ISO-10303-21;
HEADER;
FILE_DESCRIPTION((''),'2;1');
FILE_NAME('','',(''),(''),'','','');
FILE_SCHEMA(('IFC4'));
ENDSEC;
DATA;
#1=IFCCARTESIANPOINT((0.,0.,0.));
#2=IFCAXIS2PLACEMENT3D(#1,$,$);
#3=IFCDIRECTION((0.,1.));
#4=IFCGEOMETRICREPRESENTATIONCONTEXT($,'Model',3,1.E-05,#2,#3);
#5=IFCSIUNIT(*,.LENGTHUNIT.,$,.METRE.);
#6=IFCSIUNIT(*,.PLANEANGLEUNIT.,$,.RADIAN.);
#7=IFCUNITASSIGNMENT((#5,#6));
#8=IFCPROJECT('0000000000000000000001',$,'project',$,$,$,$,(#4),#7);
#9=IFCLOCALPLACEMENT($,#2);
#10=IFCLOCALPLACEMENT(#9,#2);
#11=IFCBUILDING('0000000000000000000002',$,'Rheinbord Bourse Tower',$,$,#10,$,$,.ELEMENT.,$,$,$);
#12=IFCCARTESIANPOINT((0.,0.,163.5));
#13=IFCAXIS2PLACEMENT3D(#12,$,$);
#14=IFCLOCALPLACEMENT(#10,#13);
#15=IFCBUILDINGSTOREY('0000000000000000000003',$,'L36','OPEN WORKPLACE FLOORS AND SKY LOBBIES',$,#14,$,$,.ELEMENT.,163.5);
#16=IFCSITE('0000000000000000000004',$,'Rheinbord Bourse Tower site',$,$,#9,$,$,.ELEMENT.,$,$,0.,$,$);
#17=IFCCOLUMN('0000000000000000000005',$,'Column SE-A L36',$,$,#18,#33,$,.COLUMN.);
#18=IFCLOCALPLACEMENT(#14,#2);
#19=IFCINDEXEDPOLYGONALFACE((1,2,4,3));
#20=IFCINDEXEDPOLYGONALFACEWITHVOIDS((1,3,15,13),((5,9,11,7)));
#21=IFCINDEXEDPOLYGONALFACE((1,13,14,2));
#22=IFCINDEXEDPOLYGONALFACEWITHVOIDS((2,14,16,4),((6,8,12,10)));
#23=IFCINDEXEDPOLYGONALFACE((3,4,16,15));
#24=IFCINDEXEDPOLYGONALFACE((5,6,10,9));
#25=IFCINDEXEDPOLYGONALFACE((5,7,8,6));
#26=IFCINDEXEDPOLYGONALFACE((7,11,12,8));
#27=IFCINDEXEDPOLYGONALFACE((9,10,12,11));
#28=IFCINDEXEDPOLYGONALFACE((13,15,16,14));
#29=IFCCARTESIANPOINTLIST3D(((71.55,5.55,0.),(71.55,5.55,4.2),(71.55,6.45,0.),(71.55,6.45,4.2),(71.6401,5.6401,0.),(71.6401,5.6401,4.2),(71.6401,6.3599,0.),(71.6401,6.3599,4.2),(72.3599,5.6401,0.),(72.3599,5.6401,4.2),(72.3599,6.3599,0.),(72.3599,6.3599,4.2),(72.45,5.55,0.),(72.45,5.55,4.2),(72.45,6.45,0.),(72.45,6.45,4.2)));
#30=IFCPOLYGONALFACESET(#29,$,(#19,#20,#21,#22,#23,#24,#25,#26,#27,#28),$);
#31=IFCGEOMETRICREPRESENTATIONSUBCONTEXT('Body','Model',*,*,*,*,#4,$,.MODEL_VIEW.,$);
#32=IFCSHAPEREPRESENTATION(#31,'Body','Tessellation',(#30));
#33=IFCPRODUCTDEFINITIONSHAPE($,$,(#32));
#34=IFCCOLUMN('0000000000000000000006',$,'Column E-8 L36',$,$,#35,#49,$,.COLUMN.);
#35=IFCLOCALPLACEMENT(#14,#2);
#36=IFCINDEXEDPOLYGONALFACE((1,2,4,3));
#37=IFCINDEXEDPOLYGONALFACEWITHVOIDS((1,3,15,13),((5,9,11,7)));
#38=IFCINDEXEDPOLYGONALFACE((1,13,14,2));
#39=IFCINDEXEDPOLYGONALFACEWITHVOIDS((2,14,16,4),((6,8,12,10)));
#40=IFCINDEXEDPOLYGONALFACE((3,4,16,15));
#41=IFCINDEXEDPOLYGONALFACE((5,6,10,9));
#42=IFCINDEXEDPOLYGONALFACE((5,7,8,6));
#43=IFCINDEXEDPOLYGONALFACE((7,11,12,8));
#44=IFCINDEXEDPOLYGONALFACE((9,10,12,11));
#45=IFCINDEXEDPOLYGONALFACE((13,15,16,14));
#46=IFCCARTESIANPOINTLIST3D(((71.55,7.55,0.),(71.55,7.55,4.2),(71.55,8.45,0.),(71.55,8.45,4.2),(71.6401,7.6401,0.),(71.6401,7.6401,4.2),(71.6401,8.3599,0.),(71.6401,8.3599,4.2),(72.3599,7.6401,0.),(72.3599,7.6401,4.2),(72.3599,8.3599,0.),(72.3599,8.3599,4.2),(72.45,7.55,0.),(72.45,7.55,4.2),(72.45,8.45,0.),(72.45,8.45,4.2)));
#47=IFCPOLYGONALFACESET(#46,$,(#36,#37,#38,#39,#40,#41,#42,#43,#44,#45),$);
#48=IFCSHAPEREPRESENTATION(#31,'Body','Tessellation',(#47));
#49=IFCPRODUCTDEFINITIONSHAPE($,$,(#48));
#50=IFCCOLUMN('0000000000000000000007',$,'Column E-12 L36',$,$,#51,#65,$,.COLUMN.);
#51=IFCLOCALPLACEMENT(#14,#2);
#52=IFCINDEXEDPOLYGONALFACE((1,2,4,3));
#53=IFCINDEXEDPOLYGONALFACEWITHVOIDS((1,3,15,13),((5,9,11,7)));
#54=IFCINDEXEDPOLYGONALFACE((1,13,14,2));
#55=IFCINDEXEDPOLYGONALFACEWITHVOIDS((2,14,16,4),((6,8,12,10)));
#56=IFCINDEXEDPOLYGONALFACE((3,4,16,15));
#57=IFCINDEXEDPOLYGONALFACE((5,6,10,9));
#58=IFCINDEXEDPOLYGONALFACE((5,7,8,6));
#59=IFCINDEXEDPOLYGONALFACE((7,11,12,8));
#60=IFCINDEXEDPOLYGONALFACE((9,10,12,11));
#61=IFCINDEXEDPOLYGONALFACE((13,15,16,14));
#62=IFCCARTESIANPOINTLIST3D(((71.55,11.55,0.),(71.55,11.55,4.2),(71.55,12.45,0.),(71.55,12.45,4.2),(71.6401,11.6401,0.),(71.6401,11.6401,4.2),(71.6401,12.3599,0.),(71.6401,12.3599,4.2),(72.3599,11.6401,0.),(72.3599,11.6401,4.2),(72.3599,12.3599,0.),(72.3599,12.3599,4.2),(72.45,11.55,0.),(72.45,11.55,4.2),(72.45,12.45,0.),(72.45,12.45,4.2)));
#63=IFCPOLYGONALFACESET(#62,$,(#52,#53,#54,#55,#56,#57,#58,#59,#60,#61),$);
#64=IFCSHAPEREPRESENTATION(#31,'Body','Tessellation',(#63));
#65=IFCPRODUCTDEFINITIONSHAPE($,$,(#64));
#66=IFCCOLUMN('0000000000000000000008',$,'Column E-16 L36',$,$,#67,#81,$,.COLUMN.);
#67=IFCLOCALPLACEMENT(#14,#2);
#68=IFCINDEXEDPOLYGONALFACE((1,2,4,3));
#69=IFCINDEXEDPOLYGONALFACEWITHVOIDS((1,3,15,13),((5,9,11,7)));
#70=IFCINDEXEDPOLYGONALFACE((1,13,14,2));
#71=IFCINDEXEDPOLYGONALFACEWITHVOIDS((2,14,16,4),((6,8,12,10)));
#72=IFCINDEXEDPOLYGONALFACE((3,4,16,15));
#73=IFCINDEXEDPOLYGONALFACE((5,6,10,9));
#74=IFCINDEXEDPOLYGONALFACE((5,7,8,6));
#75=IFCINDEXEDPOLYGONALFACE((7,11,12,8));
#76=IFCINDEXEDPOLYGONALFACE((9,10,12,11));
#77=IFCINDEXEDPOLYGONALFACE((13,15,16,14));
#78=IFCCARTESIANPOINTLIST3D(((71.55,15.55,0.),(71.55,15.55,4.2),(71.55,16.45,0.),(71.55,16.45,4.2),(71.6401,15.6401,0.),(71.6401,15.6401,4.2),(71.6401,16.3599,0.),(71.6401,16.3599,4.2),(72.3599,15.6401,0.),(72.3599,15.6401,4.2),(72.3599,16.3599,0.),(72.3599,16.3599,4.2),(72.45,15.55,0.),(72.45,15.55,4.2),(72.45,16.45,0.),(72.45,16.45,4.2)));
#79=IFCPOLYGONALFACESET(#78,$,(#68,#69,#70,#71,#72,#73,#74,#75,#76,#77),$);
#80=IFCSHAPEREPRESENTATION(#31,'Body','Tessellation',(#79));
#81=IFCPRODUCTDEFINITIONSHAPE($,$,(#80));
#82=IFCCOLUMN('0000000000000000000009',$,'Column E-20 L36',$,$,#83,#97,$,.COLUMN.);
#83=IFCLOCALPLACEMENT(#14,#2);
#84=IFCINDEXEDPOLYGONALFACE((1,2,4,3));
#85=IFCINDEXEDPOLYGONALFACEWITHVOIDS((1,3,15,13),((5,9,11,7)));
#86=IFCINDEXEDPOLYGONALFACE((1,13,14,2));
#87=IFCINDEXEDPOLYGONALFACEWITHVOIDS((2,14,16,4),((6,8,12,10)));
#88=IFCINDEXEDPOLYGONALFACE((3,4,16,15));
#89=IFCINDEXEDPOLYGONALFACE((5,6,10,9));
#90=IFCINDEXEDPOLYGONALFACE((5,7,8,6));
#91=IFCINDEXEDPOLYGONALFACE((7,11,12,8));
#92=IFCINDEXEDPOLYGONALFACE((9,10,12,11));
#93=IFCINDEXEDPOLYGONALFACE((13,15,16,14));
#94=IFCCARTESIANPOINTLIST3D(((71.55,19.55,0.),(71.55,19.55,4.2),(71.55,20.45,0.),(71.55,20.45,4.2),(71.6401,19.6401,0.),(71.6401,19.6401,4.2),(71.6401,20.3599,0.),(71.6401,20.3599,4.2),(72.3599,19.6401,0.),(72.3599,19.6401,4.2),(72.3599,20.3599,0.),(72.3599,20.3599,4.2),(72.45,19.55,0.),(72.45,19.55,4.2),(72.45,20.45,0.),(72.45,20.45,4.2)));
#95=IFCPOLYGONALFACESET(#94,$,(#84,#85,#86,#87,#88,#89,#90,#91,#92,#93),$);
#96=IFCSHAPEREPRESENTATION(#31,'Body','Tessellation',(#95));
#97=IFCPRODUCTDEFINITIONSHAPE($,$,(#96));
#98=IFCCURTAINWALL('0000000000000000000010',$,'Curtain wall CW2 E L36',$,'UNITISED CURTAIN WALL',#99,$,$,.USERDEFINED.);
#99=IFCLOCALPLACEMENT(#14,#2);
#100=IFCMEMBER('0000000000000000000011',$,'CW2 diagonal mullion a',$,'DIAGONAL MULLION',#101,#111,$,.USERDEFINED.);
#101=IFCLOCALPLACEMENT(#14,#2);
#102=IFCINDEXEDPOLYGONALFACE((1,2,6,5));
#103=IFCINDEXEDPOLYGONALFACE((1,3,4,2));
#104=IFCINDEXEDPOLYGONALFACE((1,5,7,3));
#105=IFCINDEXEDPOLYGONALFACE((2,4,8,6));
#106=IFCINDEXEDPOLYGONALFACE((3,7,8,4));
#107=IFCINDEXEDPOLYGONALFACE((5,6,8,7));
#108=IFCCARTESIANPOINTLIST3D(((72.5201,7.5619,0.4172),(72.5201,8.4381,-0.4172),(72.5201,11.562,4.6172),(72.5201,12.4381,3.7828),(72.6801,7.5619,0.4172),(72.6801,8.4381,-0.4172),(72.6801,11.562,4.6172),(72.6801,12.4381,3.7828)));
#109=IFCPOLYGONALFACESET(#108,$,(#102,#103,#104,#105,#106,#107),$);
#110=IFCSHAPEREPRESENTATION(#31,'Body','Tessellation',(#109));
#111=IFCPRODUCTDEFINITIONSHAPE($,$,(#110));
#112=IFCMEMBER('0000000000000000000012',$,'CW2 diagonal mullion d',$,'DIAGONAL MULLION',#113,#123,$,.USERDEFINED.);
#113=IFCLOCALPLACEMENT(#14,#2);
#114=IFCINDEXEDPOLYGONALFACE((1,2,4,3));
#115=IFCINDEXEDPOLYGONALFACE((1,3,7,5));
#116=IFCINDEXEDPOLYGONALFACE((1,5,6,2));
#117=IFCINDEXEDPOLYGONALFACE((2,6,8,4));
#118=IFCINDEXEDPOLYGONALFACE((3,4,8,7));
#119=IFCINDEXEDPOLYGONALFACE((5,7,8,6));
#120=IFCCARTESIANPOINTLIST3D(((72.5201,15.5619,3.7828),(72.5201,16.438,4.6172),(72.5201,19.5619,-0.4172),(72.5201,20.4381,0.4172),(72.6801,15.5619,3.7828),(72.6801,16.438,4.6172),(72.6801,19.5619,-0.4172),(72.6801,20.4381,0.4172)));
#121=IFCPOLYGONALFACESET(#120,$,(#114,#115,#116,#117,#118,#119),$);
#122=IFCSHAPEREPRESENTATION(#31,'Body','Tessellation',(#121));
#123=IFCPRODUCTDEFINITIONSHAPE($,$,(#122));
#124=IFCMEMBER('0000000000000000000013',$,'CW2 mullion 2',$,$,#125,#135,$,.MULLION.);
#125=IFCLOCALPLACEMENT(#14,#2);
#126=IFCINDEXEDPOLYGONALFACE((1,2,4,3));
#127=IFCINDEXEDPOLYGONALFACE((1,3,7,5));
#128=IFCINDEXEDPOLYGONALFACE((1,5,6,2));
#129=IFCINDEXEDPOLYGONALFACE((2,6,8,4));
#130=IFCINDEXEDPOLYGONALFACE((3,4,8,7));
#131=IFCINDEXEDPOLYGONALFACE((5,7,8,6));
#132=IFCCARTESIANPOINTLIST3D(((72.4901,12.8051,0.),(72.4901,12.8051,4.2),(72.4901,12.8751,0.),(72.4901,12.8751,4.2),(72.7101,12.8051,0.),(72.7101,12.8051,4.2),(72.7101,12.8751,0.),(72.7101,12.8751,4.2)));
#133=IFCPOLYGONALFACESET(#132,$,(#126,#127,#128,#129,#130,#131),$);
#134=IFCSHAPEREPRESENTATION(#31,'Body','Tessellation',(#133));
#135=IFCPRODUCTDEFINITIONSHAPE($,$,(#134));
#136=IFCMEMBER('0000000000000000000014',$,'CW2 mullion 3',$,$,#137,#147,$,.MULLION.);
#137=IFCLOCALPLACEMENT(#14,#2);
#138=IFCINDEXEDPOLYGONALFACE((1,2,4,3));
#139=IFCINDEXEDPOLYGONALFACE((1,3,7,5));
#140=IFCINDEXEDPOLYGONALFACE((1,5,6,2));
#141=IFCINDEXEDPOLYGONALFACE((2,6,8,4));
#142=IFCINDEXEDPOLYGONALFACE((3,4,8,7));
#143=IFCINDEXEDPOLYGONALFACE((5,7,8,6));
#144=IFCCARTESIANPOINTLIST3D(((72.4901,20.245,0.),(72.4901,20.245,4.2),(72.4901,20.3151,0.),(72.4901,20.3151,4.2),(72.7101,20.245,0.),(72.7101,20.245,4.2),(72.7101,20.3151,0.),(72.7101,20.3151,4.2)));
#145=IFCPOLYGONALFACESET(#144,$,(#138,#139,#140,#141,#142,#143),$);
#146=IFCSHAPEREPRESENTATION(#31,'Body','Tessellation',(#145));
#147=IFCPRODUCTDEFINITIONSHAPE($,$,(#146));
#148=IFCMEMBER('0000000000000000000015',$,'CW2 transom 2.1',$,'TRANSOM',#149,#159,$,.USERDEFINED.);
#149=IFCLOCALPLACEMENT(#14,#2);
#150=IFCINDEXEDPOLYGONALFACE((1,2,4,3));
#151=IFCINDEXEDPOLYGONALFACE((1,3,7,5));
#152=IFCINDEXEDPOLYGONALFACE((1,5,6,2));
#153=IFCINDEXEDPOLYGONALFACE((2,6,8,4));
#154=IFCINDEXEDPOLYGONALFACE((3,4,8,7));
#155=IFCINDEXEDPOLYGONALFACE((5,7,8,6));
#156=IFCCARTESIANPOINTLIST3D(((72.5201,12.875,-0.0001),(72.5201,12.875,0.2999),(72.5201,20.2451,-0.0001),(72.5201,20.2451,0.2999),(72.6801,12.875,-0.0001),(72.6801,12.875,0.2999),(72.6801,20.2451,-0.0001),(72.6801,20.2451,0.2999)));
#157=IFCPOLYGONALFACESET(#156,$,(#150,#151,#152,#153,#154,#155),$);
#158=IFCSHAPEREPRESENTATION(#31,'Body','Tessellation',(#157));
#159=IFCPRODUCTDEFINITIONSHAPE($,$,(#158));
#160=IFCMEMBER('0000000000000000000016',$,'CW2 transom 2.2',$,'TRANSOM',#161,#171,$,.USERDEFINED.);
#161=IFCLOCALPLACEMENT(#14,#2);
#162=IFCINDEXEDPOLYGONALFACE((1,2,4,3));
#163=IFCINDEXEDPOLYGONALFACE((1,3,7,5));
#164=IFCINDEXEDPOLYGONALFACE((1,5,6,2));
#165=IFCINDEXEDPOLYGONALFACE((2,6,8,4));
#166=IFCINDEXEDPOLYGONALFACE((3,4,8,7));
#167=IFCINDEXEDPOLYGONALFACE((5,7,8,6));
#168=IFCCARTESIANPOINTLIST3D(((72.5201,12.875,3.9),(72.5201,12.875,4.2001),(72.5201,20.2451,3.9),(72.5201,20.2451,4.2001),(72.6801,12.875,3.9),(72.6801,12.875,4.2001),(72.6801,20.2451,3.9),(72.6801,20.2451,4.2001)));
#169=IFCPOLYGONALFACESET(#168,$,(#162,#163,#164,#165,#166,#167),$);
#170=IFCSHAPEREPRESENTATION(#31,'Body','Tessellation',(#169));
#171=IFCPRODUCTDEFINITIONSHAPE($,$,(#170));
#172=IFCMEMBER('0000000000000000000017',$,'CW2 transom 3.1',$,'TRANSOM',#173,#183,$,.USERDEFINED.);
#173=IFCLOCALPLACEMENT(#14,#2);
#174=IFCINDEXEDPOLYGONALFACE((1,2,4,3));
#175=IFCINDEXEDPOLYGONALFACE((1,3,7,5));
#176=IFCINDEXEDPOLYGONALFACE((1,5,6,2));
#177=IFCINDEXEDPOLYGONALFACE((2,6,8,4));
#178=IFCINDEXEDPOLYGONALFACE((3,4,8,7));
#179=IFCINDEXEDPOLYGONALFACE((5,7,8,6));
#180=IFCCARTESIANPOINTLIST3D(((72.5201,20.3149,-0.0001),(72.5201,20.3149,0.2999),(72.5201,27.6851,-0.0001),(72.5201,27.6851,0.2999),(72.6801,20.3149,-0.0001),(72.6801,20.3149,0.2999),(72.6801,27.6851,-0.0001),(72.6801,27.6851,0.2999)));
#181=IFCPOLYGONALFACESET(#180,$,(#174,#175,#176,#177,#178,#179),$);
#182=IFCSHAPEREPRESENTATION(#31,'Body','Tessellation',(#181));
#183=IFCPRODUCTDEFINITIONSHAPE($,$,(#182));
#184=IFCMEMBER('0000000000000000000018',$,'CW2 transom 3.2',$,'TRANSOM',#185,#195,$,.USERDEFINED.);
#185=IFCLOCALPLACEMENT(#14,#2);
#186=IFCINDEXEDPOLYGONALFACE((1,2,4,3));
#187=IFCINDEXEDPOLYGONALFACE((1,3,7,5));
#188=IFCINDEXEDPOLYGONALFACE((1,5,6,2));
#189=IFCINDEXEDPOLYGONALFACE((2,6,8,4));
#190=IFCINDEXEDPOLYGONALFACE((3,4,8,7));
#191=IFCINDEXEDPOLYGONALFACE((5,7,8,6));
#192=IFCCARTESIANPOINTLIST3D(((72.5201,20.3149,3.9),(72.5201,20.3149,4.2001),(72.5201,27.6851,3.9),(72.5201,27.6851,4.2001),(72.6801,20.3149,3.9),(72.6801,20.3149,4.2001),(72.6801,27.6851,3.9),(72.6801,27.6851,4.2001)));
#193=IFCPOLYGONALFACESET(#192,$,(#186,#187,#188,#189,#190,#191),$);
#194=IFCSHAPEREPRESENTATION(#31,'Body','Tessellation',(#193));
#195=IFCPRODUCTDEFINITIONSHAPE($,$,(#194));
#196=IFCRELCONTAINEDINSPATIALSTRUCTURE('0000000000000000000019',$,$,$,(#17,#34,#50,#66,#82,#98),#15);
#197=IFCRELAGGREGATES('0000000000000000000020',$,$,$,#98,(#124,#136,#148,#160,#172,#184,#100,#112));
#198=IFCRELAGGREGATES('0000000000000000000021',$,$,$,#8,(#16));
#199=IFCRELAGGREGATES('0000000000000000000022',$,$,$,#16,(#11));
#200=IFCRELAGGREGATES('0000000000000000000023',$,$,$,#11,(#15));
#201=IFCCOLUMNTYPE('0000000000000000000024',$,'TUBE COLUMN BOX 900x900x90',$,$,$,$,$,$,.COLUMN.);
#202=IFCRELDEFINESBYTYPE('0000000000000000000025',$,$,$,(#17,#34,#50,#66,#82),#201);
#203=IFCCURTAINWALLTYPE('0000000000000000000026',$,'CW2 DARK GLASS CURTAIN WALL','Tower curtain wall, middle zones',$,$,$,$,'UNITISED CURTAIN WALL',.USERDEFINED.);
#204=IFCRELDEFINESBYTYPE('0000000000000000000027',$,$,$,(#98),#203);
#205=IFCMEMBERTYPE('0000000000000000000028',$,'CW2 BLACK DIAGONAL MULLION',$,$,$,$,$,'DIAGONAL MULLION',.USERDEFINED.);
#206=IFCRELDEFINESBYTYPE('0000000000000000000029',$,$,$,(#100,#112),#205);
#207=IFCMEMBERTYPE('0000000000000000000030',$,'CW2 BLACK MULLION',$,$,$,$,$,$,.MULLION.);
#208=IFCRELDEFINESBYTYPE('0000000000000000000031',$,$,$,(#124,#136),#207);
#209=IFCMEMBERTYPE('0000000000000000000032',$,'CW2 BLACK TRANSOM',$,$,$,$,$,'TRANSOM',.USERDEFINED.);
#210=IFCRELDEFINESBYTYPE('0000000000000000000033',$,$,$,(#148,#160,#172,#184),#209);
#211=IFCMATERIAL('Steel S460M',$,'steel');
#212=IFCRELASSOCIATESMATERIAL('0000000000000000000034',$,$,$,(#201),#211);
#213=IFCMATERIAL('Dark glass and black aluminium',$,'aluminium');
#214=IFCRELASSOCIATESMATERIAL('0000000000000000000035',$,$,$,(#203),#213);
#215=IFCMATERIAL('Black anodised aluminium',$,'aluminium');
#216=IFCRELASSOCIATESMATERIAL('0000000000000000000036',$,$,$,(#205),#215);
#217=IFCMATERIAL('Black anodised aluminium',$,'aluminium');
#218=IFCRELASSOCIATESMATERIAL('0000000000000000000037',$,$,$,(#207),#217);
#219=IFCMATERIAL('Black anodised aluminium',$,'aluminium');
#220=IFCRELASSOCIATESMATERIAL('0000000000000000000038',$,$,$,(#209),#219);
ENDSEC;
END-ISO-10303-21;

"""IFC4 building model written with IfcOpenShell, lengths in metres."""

from ifc_helpers import new_model, si_unit, direction, frame, origin, origin_2d, place, context, subcontext, project, spatial, rectangle, hollow_rectangle, extrude, material, material_profile, profile_set, type_object, element, aggregate, save


model = new_model("IFC4")

# Units and contexts
model_context = context("Model", 3, precision=1e-05, world=origin(), true_north=direction((0.0, 1.0)))
body_context = subcontext(model_context, "Body", "Model", "MODEL_VIEW")
ifc_project = project(units=[si_unit("LENGTHUNIT", "METRE"), si_unit("PLANEANGLEUNIT", "RADIAN")], contexts=[model_context])

# Site, building, storey
site_placement = place(None, origin())
site = spatial("IfcSite", under=ifc_project, at=site_placement, Name="Rheinbord Bourse Tower site", CompositionType="ELEMENT", RefElevation=0.0)
building_placement = place(site_placement, origin())
building = spatial("IfcBuilding", under=site, at=building_placement, Name="Rheinbord Bourse Tower", CompositionType="ELEMENT")
storey_placement = place(building_placement, frame((0.0, 0.0, 163.5)))
storey = spatial("IfcBuildingStorey", under=building, at=storey_placement, Name="L36", Description="OPEN WORKPLACE FLOORS AND SKY LOBBIES", CompositionType="ELEMENT", Elevation=163.5)

# Columns
ifc_material_1 = material(Name="Steel S460M", Category="steel")
ifc_material_profile_1 = material_profile(ifc_material_1, hollow_rectangle(XDim=0.8999, YDim=0.8999, WallThickness=0.0901, at=origin_2d()), Name="BOX 900x900x90")
ifc_profile_set_1 = profile_set([ifc_material_profile_1], Name="Steel S460M")
column_type = type_object("IfcColumnType", Name="TUBE COLUMN BOX 900x900x90", PredefinedType="COLUMN", material=ifc_profile_set_1)
for number, where, z_axis, x_axis, name in (
    (1, (72.0, 6.0, 0.0), (0.0, 0.0, 1.0), (1.0, 0.0, 0.0), "Column SE-A L36"),
    (2, (72.0, 8.0, 0.0), (0.0, 0.0, 1.0), (1.0, 0.0, 0.0), "Column E-8 L36"),
    (3, (72.0, 12.0, 0.0), (0.0, 0.0, 1.0), (1.0, 0.0, 0.0), "Column E-12 L36"),
    (4, (72.0, 16.0, 0.0), (0.0, 0.0, 1.0), (1.0, 0.0, 0.0), "Column E-16 L36"),
    (5, (72.0, 20.0, 0.0), (0.0, 0.0, 1.0), (1.0, 0.0, 0.0), "Column E-20 L36"),
):
    element("IfcColumn", number, at=place(storey_placement, frame(where, z_axis=z_axis, x_axis=x_axis)), inside=storey, type_object=column_type, Name=name, PredefinedType="COLUMN", context=body_context, shape_type="SweptSolid", body=[
        extrude(hollow_rectangle(XDim=0.8999, YDim=0.8999, WallThickness=0.0901, at=origin_2d()), origin(), (0.0, 0.0, 1.0), 4.2),
    ])

# Curtain wall, members
ifc_material_2 = material(Name="Dark glass and black aluminium", Category="aluminium")
curtain_wall_type = type_object("IfcCurtainWallType", Name="CW2 DARK GLASS CURTAIN WALL", Description="Tower curtain wall, middle zones", ElementType="UNITISED CURTAIN WALL", PredefinedType="USERDEFINED", material=ifc_material_2)
curtain_wall_placement = place(storey_placement, origin())
curtain_wall = element("IfcCurtainWall", 6, at=curtain_wall_placement, inside=storey, type_object=curtain_wall_type, Name="Curtain wall CW2 E L36", ObjectType="UNITISED CURTAIN WALL", PredefinedType="USERDEFINED")
ifc_material_3 = material(Name="Black anodised aluminium", Category="aluminium")
ifc_material_profile_2 = material_profile(ifc_material_3, rectangle(XDim=0.1599, YDim=1.21, at=origin_2d()), Name="CW2 DIAGONAL MULLION 1210x160")
ifc_profile_set_2 = profile_set([ifc_material_profile_2], Name="Black anodised aluminium")
member_type_1 = type_object("IfcMemberType", Name="CW2 BLACK DIAGONAL MULLION", ElementType="DIAGONAL MULLION", PredefinedType="USERDEFINED", material=ifc_profile_set_2)
member_1_placement = place(storey_placement, frame((72.6001, 8.0, 0.0), z_axis=(0.0, 0.689659, 0.724134), x_axis=(-1.0, 0.0, 0.0)))
member_1 = element("IfcMember", 7, at=member_1_placement, type_object=member_type_1, Name="CW2 diagonal mullion a", ObjectType="DIAGONAL MULLION", PredefinedType="USERDEFINED", context=body_context, shape_type="SweptSolid", body=[
    extrude(rectangle(XDim=0.1599, YDim=1.21, at=origin_2d()), origin(), (0.0, 0.0, 1.0), 5.8),
])
member_2_placement = place(storey_placement, frame((72.6001, 20.0, 0.0), z_axis=(0.0, -0.689659, 0.724134), x_axis=(1.0, 0.0, 0.0)))
member_2 = element("IfcMember", 8, at=member_2_placement, type_object=member_type_1, Name="CW2 diagonal mullion d", ObjectType="DIAGONAL MULLION", PredefinedType="USERDEFINED", context=body_context, shape_type="SweptSolid", body=[
    extrude(rectangle(XDim=0.1599, YDim=1.21, at=origin_2d()), origin(), (0.0, 0.0, 1.0), 5.8),
])
ifc_material_4 = material(Name="Black anodised aluminium", Category="aluminium")
ifc_material_profile_3 = material_profile(ifc_material_4, rectangle(XDim=0.22, YDim=0.0701, at=origin_2d()), Name="CW2 MULLION 70x220")
ifc_profile_set_3 = profile_set([ifc_material_profile_3], Name="Black anodised aluminium")
member_type_2 = type_object("IfcMemberType", Name="CW2 BLACK MULLION", PredefinedType="MULLION", material=ifc_profile_set_3)
member_3_placement = place(storey_placement, frame((72.6001, 12.8401, 0.0), z_axis=(0.0, 0.0, 1.0), x_axis=(-1.0, 0.0, 0.0)))
member_3 = element("IfcMember", 9, at=member_3_placement, type_object=member_type_2, Name="CW2 mullion 2", PredefinedType="MULLION", context=body_context, shape_type="SweptSolid", body=[
    extrude(rectangle(XDim=0.22, YDim=0.0701, at=origin_2d()), origin(), (0.0, 0.0, 1.0), 4.2),
])
member_4_placement = place(storey_placement, frame((72.6001, 20.28, 0.0), z_axis=(0.0, 0.0, 1.0), x_axis=(-1.0, 0.0, 0.0)))
member_4 = element("IfcMember", 10, at=member_4_placement, type_object=member_type_2, Name="CW2 mullion 3", PredefinedType="MULLION", context=body_context, shape_type="SweptSolid", body=[
    extrude(rectangle(XDim=0.22, YDim=0.0701, at=origin_2d()), origin(), (0.0, 0.0, 1.0), 4.2),
])
ifc_material_5 = material(Name="Black anodised aluminium", Category="aluminium")
ifc_material_profile_4 = material_profile(ifc_material_5, rectangle(XDim=0.1599, YDim=0.3, at=origin_2d()), Name="CW2 TRANSOM 300x160")
ifc_profile_set_4 = profile_set([ifc_material_profile_4], Name="Black anodised aluminium")
member_type_3 = type_object("IfcMemberType", Name="CW2 BLACK TRANSOM", ElementType="TRANSOM", PredefinedType="USERDEFINED", material=ifc_profile_set_4)
member_5_placement = place(storey_placement, frame((72.6001, 12.875, 0.1499), z_axis=(0.0, 1.0, 0.0), x_axis=(-1.0, 0.0, 0.0)))
member_5 = element("IfcMember", 11, at=member_5_placement, type_object=member_type_3, Name="CW2 transom 2.1", ObjectType="TRANSOM", PredefinedType="USERDEFINED", context=body_context, shape_type="SweptSolid", body=[
    extrude(rectangle(XDim=0.1599, YDim=0.3, at=origin_2d()), origin(), (0.0, 0.0, 1.0), 7.3701),
])
member_6_placement = place(storey_placement, frame((72.6001, 12.875, 4.05), z_axis=(0.0, 1.0, 0.0), x_axis=(-1.0, 0.0, 0.0)))
member_6 = element("IfcMember", 12, at=member_6_placement, type_object=member_type_3, Name="CW2 transom 2.2", ObjectType="TRANSOM", PredefinedType="USERDEFINED", context=body_context, shape_type="SweptSolid", body=[
    extrude(rectangle(XDim=0.1599, YDim=0.3, at=origin_2d()), origin(), (0.0, 0.0, 1.0), 7.3701),
])
member_7_placement = place(storey_placement, frame((72.6001, 20.3149, 0.1499), z_axis=(0.0, 1.0, 0.0), x_axis=(-1.0, 0.0, 0.0)))
member_7 = element("IfcMember", 13, at=member_7_placement, type_object=member_type_3, Name="CW2 transom 3.1", ObjectType="TRANSOM", PredefinedType="USERDEFINED", context=body_context, shape_type="SweptSolid", body=[
    extrude(rectangle(XDim=0.1599, YDim=0.3, at=origin_2d()), origin(), (0.0, 0.0, 1.0), 7.3701),
])
member_8_placement = place(storey_placement, frame((72.6001, 20.3149, 4.05), z_axis=(0.0, 1.0, 0.0), x_axis=(-1.0, 0.0, 0.0)))
member_8 = element("IfcMember", 14, at=member_8_placement, type_object=member_type_3, Name="CW2 transom 3.2", ObjectType="TRANSOM", PredefinedType="USERDEFINED", context=body_context, shape_type="SweptSolid", body=[
    extrude(rectangle(XDim=0.1599, YDim=0.3, at=origin_2d()), origin(), (0.0, 0.0, 1.0), 7.3701),
])

aggregate(curtain_wall, [member_3, member_4, member_5, member_6, member_7, member_8, member_1, member_2])

save(model, "model.ifc")
